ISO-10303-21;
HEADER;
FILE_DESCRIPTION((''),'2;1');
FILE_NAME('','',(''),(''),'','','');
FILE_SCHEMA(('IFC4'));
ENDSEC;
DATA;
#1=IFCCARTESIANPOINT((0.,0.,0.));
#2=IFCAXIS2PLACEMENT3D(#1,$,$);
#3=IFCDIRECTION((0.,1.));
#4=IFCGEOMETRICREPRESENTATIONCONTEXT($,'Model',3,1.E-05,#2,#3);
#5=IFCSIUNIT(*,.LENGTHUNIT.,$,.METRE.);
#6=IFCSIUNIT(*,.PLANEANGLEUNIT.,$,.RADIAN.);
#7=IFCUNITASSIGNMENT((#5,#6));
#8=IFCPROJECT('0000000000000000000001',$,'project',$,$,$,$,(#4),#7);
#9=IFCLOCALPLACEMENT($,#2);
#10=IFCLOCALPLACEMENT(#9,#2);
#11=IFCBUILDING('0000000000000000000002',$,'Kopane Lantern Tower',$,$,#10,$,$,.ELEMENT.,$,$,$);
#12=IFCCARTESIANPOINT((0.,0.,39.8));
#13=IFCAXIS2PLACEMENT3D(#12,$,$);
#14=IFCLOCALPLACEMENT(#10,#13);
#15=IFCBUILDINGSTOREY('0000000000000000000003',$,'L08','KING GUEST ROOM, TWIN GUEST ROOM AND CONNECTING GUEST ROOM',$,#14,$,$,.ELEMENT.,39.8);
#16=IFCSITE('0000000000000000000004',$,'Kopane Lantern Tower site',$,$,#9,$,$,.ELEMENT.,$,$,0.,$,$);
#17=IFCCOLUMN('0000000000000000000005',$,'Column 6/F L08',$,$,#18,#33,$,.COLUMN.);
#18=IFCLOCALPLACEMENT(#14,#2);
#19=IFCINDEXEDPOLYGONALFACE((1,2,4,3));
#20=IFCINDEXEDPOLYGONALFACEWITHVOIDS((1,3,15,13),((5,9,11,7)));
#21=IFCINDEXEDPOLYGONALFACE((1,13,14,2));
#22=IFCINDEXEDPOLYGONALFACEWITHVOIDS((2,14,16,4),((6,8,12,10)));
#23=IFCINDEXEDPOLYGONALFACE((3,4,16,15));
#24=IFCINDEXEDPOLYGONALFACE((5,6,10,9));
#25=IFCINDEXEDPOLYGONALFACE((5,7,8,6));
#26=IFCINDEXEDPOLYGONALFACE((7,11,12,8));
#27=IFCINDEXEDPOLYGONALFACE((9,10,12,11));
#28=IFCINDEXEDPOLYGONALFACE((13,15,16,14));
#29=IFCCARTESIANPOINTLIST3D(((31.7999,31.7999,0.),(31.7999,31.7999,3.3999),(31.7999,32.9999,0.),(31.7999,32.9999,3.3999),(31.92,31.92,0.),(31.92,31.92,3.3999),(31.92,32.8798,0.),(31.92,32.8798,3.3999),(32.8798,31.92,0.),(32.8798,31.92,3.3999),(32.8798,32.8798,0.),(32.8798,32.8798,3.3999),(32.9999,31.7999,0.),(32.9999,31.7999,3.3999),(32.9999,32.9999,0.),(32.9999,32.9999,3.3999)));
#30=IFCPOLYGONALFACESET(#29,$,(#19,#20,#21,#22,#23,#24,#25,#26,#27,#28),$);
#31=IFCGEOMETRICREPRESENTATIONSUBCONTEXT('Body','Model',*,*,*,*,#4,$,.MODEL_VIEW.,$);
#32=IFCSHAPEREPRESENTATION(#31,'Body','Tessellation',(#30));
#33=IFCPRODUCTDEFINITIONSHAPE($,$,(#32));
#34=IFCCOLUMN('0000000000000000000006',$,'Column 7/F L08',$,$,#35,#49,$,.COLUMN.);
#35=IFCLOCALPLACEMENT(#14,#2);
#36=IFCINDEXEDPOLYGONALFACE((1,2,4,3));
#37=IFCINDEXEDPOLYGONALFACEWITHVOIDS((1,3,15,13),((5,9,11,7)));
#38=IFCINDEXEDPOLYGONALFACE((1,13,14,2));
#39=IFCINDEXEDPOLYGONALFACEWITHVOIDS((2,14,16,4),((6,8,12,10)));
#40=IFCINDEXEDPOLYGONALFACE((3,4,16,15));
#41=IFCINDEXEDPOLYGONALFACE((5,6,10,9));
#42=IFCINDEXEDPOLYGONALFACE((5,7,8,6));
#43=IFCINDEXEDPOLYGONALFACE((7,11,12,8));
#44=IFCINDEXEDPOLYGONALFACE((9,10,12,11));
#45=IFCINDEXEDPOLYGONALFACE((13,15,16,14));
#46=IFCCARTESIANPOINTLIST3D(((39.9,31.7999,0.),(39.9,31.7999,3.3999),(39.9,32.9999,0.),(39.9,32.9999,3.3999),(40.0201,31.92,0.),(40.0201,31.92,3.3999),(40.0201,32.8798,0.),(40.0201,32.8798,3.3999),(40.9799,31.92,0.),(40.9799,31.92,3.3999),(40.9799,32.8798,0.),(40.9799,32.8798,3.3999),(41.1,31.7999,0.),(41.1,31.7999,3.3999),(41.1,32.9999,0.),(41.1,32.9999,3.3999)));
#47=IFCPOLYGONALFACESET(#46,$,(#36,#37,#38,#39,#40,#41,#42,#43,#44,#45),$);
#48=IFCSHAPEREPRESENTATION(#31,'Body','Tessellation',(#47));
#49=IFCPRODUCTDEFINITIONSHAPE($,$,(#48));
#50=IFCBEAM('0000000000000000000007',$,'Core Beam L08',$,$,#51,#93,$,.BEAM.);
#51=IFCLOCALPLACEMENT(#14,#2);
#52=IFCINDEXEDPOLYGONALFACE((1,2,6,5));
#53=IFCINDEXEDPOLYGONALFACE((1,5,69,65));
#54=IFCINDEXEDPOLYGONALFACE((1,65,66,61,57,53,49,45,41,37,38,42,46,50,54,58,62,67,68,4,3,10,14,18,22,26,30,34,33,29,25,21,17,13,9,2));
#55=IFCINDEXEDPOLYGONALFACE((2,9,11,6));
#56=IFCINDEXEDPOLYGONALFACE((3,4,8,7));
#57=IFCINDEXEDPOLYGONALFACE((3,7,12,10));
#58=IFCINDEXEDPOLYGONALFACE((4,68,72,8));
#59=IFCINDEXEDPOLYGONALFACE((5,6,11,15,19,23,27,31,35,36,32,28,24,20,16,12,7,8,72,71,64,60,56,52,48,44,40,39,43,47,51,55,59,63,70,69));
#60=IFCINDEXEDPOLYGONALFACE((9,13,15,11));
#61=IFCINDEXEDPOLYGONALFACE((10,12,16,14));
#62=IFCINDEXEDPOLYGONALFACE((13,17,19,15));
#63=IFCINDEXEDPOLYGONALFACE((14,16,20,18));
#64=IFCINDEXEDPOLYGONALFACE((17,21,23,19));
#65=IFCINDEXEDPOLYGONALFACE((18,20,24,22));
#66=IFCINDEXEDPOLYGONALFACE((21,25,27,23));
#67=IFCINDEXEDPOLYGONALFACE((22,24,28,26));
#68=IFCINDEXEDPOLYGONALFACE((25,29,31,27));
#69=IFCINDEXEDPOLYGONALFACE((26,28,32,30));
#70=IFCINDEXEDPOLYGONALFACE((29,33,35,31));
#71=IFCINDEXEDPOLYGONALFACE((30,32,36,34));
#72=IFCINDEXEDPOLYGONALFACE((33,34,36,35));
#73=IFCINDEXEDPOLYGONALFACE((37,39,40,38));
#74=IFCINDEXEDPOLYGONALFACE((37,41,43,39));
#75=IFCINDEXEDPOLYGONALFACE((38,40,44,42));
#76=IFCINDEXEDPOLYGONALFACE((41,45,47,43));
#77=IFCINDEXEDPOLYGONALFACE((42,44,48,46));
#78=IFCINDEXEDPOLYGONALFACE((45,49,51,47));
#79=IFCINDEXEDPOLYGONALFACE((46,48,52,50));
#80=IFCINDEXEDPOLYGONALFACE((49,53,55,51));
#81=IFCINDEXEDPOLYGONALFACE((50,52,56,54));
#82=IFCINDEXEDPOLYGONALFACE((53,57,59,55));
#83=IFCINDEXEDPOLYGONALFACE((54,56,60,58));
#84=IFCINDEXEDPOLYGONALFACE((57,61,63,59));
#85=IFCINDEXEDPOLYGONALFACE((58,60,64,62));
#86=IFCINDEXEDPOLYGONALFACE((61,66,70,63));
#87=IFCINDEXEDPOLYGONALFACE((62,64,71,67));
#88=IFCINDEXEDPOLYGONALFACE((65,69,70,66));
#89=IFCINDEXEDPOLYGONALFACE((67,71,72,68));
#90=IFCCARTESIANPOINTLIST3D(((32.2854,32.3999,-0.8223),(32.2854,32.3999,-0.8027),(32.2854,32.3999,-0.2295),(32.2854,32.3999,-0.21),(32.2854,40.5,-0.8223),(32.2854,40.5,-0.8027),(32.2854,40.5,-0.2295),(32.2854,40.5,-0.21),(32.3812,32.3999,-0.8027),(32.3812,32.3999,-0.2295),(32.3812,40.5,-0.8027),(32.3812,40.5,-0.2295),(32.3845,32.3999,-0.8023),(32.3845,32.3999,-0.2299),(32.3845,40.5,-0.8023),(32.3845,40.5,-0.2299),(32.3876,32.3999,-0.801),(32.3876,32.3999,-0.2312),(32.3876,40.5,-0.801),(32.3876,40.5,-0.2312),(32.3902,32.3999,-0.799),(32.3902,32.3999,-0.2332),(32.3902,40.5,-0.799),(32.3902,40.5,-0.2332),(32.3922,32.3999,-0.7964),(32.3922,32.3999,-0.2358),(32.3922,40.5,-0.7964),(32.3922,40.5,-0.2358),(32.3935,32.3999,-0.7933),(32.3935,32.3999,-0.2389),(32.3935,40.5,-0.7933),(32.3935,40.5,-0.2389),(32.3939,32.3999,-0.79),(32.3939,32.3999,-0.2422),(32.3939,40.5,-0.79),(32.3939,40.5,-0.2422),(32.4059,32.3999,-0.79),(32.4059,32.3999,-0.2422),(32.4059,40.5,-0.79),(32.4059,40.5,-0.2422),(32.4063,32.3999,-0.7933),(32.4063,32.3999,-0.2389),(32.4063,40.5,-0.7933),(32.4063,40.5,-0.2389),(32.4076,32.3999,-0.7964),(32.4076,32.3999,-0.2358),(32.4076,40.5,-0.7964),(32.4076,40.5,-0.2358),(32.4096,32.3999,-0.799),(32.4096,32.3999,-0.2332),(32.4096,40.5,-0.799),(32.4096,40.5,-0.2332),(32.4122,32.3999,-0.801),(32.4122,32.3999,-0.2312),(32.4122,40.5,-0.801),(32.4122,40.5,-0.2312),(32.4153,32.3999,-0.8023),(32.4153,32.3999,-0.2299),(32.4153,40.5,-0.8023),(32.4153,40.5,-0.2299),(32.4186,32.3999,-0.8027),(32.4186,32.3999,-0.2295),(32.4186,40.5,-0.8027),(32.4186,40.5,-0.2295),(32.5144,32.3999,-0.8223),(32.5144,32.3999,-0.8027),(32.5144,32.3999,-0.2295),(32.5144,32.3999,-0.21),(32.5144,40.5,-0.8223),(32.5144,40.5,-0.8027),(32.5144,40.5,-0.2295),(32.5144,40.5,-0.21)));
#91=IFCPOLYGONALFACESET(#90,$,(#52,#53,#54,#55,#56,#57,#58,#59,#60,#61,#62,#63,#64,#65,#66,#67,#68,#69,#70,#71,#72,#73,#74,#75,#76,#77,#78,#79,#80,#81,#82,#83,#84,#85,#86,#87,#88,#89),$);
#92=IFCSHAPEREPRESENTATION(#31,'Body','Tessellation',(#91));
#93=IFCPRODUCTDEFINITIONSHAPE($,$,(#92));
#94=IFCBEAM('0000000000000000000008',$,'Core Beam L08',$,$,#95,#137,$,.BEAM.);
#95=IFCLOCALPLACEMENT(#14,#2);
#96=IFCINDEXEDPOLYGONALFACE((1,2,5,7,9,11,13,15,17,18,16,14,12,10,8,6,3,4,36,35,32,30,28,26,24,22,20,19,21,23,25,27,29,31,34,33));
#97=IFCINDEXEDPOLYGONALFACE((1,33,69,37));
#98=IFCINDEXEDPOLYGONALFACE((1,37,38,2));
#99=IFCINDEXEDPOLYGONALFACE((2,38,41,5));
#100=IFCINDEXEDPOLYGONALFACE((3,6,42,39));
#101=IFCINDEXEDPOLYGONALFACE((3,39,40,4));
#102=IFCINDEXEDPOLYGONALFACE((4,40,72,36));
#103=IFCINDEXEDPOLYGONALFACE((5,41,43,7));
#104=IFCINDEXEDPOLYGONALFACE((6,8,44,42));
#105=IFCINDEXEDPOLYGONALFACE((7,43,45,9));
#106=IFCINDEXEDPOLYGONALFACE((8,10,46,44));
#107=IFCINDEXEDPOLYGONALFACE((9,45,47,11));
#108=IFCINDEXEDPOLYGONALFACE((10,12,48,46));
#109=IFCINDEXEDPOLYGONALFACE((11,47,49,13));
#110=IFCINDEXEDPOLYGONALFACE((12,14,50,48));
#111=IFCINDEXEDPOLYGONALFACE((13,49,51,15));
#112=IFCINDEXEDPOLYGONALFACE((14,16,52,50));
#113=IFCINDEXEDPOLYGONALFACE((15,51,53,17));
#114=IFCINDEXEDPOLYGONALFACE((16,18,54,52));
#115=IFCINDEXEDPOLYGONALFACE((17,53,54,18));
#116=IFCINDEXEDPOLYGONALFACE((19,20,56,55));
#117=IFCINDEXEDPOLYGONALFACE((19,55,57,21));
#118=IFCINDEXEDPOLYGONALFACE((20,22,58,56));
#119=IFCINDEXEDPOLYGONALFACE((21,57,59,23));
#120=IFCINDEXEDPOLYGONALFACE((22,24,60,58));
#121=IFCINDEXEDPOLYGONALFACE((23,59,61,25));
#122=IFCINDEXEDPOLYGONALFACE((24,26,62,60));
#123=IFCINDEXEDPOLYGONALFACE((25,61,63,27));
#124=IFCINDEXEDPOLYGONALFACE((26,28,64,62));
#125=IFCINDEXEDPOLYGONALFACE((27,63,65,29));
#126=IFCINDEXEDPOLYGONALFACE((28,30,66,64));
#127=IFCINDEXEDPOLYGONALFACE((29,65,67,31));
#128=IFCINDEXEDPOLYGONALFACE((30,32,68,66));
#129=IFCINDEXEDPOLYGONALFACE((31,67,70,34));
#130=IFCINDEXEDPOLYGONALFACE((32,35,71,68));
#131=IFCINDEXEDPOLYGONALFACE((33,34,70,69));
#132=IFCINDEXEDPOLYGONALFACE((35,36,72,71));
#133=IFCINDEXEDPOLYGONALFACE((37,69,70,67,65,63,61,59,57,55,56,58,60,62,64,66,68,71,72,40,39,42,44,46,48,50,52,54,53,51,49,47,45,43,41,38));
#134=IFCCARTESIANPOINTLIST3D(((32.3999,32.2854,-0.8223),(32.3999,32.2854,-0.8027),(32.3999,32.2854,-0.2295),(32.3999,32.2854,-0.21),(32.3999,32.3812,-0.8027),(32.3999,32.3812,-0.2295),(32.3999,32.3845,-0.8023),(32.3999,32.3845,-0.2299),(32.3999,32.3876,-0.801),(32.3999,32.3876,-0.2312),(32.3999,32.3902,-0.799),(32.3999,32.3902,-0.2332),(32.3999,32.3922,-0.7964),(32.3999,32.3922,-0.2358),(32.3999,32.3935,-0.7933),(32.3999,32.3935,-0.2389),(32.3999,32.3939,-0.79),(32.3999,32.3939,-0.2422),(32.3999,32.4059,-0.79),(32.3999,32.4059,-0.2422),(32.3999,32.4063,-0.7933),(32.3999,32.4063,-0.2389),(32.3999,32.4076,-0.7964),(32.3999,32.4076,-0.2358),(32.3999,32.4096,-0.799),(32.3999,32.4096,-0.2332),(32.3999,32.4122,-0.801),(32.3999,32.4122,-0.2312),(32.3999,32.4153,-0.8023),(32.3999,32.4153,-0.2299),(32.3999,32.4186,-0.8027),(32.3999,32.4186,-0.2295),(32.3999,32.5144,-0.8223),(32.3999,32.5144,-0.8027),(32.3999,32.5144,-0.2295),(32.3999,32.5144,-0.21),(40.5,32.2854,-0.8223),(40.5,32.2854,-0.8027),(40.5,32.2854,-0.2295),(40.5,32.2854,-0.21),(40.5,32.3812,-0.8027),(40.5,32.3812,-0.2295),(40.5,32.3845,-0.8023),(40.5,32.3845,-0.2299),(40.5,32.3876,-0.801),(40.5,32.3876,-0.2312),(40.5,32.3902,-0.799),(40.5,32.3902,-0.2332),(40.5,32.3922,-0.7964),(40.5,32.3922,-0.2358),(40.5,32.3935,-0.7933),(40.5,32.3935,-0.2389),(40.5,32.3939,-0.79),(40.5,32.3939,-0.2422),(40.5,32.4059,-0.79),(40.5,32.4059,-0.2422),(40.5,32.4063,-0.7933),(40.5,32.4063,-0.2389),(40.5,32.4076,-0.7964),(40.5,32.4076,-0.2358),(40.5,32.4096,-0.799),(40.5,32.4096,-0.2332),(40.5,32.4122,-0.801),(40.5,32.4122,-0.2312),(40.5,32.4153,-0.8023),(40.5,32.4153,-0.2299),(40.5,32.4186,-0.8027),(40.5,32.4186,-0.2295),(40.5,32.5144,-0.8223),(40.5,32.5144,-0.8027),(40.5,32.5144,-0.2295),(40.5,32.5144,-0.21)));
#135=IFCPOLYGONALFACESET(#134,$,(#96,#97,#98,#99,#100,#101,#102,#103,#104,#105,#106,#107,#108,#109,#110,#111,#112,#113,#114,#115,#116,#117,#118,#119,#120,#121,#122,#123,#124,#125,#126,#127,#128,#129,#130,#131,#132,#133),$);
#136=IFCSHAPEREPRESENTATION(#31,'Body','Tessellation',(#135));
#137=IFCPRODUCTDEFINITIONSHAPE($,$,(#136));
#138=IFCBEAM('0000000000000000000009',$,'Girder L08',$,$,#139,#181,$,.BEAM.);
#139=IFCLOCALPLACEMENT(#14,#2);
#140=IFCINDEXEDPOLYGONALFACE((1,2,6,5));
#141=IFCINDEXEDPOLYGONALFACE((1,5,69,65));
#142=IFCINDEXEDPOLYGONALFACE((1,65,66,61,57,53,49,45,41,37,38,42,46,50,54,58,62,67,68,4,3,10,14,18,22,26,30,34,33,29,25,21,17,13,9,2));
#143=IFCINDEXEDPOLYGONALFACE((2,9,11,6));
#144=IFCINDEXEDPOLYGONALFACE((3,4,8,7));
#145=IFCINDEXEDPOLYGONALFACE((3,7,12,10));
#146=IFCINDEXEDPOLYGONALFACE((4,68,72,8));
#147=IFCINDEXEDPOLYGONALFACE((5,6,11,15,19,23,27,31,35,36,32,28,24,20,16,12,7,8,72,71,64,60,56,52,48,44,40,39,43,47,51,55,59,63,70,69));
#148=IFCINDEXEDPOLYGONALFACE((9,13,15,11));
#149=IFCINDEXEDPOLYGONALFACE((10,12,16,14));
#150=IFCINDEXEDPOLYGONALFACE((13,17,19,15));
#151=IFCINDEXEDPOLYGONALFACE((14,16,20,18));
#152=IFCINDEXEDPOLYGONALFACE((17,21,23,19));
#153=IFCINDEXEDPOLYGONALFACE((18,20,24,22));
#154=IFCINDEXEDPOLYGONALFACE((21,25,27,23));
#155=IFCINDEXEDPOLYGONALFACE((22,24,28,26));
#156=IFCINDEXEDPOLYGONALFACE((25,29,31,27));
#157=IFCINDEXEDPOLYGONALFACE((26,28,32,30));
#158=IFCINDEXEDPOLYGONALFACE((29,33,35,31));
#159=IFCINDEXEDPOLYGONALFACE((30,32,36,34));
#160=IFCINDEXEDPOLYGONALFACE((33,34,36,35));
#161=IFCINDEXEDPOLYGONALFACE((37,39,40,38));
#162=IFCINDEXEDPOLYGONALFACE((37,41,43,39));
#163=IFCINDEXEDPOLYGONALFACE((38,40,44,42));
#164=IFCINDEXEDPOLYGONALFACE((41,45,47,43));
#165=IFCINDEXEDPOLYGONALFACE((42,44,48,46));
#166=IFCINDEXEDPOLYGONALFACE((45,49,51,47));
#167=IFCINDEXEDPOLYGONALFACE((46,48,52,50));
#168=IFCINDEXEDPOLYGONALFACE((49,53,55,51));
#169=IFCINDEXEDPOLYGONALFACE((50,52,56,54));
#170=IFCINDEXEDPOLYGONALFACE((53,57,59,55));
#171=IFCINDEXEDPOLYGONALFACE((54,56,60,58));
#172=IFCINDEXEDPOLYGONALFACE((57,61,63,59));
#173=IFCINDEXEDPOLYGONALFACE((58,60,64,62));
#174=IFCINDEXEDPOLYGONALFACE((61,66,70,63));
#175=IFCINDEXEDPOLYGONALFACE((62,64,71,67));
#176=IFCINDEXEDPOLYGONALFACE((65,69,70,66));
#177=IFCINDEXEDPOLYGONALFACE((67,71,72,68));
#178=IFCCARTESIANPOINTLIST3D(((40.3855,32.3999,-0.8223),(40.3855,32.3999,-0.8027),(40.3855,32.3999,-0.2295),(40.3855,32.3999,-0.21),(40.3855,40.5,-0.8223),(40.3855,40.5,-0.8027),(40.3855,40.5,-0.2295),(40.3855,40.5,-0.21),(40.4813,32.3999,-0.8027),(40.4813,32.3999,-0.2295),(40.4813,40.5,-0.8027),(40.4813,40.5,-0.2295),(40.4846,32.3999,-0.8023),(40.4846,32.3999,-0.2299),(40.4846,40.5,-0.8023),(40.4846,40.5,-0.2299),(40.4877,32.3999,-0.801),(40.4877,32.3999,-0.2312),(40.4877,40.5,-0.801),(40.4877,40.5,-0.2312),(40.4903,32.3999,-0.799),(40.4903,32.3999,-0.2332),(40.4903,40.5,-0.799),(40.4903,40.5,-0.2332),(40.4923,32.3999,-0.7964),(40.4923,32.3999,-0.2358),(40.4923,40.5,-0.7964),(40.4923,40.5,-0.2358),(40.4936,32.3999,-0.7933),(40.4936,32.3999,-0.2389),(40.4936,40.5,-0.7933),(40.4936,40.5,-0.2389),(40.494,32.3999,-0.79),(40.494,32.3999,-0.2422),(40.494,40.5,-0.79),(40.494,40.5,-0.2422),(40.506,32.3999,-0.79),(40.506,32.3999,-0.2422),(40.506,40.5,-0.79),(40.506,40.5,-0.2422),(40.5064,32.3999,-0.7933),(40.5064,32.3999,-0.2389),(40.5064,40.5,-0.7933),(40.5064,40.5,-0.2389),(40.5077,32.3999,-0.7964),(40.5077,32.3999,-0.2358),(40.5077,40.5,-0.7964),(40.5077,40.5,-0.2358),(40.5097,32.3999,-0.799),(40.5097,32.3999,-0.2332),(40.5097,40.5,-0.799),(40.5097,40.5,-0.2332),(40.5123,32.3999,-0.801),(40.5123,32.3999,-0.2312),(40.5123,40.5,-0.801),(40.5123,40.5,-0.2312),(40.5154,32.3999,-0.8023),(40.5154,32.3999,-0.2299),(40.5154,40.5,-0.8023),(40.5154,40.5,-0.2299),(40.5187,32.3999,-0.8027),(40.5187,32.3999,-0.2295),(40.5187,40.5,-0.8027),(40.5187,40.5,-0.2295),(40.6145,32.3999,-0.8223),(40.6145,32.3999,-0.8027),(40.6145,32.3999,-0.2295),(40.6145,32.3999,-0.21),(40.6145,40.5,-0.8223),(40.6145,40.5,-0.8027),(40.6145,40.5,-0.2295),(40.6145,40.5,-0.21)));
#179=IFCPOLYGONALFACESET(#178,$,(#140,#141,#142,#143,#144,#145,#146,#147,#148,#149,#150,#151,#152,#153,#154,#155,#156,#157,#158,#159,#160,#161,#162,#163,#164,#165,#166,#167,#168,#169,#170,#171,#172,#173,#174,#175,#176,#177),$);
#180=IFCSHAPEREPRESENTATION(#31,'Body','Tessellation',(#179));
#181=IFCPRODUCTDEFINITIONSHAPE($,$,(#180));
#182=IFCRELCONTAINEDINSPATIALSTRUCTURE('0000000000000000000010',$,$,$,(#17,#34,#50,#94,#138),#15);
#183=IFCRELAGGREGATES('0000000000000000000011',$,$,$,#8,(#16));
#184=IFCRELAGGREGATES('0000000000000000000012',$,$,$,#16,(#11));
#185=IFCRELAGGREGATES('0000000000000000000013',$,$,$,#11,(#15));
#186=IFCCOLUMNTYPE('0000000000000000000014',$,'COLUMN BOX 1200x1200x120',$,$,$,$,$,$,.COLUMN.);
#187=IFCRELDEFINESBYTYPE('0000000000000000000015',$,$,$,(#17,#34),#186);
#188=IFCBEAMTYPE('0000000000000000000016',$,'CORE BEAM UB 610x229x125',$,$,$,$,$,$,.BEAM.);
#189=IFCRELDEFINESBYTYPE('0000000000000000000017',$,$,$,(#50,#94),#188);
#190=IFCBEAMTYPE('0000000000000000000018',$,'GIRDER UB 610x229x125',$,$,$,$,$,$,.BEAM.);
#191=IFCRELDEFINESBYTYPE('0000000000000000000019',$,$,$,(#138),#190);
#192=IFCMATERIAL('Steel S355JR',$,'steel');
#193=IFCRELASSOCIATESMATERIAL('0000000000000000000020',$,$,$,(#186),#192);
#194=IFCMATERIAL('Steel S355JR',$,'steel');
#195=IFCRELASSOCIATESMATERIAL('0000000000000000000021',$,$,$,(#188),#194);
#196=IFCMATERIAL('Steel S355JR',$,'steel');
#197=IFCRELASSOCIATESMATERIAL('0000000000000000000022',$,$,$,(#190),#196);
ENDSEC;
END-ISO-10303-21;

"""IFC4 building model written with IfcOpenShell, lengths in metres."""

from ifc_helpers import new_model, si_unit, direction, frame, origin, origin_2d, place, context, subcontext, project, spatial, hollow_rectangle, i_section, extrude, material, material_profile, profile_set, type_object, element, save


model = new_model("IFC4")

# Units and contexts
model_context = context("Model", 3, precision=1e-05, world=origin(), true_north=direction((0.0, 1.0)))
body_context = subcontext(model_context, "Body", "Model", "MODEL_VIEW")
ifc_project = project(units=[si_unit("LENGTHUNIT", "METRE"), si_unit("PLANEANGLEUNIT", "RADIAN")], contexts=[model_context])

# Site, building, storey
site_placement = place(None, origin())
site = spatial("IfcSite", under=ifc_project, at=site_placement, Name="Kopane Lantern Tower site", CompositionType="ELEMENT", RefElevation=0.0)
building_placement = place(site_placement, origin())
building = spatial("IfcBuilding", under=site, at=building_placement, Name="Kopane Lantern Tower", CompositionType="ELEMENT")
storey_placement = place(building_placement, frame((0.0, 0.0, 39.8)))
storey = spatial("IfcBuildingStorey", under=building, at=storey_placement, Name="L08", Description="KING GUEST ROOM, TWIN GUEST ROOM AND CONNECTING GUEST ROOM", CompositionType="ELEMENT", Elevation=39.8)

# Columns
ifc_material_1 = material(Name="Steel S355JR", Category="steel")
ifc_material_profile_1 = material_profile(ifc_material_1, hollow_rectangle(XDim=1.2, YDim=1.2, WallThickness=0.1201, at=origin_2d()), Name="BOX 1200x1200x120")
ifc_profile_set_1 = profile_set([ifc_material_profile_1], Name="Steel S355JR")
column_type = type_object("IfcColumnType", Name="COLUMN BOX 1200x1200x120", PredefinedType="COLUMN", material=ifc_profile_set_1)
for number, where, z_axis, x_axis, name in (
    (1, (32.3999, 32.3999, 0.0), (0.0, 0.0, 1.0), (1.0, 0.0, 0.0), "Column 6/F L08"),
    (2, (40.5, 32.3999, 0.0), (0.0, 0.0, 1.0), (1.0, 0.0, 0.0), "Column 7/F L08"),
):
    element("IfcColumn", number, at=place(storey_placement, frame(where, z_axis=z_axis, x_axis=x_axis)), inside=storey, type_object=column_type, Name=name, PredefinedType="COLUMN", context=body_context, shape_type="SweptSolid", body=[
        extrude(hollow_rectangle(XDim=1.2, YDim=1.2, WallThickness=0.1201, at=origin_2d()), origin(), (0.0, 0.0, 1.0), 3.3999),
    ])

# Beams
ifc_material_2 = material(Name="Steel S355JR", Category="steel")
ifc_material_profile_2 = material_profile(ifc_material_2, i_section(OverallWidth=0.229, OverallDepth=0.6123, WebThickness=0.012, FlangeThickness=0.0195, FilletRadius=0.0127, at=origin_2d()), Name="UB 610x229x125")
ifc_profile_set_2 = profile_set([ifc_material_profile_2], Name="Steel S355JR")
beam_type_1 = type_object("IfcBeamType", Name="CORE BEAM UB 610x229x125", PredefinedType="BEAM", material=ifc_profile_set_2)
for number, where, z_axis, x_axis, name in (
    (3, (32.3999, 32.3999, -0.5161), (0.0, 1.0, 0.0), (-1.0, 0.0, 0.0), "Core Beam L08"),
    (4, (32.3999, 32.3999, -0.5161), (1.0, 0.0, 0.0), (0.0, 1.0, 0.0), "Core Beam L08"),
):
    element("IfcBeam", number, at=place(storey_placement, frame(where, z_axis=z_axis, x_axis=x_axis)), inside=storey, type_object=beam_type_1, Name=name, PredefinedType="BEAM", context=body_context, shape_type="SweptSolid", body=[
        extrude(i_section(OverallWidth=0.229, OverallDepth=0.6123, WebThickness=0.012, FlangeThickness=0.0195, FilletRadius=0.0127, at=origin_2d()), origin(), (0.0, 0.0, 1.0), 8.1001),
    ])
ifc_material_3 = material(Name="Steel S355JR", Category="steel")
ifc_material_profile_3 = material_profile(ifc_material_3, i_section(OverallWidth=0.229, OverallDepth=0.6123, WebThickness=0.012, FlangeThickness=0.0195, FilletRadius=0.0127, at=origin_2d()), Name="UB 610x229x125")
ifc_profile_set_3 = profile_set([ifc_material_profile_3], Name="Steel S355JR")
beam_type_2 = type_object("IfcBeamType", Name="GIRDER UB 610x229x125", PredefinedType="BEAM", material=ifc_profile_set_3)
for number, where, z_axis, x_axis, name in (
    (5, (40.5, 32.3999, -0.5161), (0.0, 1.0, 0.0), (-1.0, 0.0, 0.0), "Girder L08"),
):
    element("IfcBeam", number, at=place(storey_placement, frame(where, z_axis=z_axis, x_axis=x_axis)), inside=storey, type_object=beam_type_2, Name=name, PredefinedType="BEAM", context=body_context, shape_type="SweptSolid", body=[
        extrude(i_section(OverallWidth=0.229, OverallDepth=0.6123, WebThickness=0.012, FlangeThickness=0.0195, FilletRadius=0.0127, at=origin_2d()), origin(), (0.0, 0.0, 1.0), 8.1001),
    ])

save(model, "model.ifc")
